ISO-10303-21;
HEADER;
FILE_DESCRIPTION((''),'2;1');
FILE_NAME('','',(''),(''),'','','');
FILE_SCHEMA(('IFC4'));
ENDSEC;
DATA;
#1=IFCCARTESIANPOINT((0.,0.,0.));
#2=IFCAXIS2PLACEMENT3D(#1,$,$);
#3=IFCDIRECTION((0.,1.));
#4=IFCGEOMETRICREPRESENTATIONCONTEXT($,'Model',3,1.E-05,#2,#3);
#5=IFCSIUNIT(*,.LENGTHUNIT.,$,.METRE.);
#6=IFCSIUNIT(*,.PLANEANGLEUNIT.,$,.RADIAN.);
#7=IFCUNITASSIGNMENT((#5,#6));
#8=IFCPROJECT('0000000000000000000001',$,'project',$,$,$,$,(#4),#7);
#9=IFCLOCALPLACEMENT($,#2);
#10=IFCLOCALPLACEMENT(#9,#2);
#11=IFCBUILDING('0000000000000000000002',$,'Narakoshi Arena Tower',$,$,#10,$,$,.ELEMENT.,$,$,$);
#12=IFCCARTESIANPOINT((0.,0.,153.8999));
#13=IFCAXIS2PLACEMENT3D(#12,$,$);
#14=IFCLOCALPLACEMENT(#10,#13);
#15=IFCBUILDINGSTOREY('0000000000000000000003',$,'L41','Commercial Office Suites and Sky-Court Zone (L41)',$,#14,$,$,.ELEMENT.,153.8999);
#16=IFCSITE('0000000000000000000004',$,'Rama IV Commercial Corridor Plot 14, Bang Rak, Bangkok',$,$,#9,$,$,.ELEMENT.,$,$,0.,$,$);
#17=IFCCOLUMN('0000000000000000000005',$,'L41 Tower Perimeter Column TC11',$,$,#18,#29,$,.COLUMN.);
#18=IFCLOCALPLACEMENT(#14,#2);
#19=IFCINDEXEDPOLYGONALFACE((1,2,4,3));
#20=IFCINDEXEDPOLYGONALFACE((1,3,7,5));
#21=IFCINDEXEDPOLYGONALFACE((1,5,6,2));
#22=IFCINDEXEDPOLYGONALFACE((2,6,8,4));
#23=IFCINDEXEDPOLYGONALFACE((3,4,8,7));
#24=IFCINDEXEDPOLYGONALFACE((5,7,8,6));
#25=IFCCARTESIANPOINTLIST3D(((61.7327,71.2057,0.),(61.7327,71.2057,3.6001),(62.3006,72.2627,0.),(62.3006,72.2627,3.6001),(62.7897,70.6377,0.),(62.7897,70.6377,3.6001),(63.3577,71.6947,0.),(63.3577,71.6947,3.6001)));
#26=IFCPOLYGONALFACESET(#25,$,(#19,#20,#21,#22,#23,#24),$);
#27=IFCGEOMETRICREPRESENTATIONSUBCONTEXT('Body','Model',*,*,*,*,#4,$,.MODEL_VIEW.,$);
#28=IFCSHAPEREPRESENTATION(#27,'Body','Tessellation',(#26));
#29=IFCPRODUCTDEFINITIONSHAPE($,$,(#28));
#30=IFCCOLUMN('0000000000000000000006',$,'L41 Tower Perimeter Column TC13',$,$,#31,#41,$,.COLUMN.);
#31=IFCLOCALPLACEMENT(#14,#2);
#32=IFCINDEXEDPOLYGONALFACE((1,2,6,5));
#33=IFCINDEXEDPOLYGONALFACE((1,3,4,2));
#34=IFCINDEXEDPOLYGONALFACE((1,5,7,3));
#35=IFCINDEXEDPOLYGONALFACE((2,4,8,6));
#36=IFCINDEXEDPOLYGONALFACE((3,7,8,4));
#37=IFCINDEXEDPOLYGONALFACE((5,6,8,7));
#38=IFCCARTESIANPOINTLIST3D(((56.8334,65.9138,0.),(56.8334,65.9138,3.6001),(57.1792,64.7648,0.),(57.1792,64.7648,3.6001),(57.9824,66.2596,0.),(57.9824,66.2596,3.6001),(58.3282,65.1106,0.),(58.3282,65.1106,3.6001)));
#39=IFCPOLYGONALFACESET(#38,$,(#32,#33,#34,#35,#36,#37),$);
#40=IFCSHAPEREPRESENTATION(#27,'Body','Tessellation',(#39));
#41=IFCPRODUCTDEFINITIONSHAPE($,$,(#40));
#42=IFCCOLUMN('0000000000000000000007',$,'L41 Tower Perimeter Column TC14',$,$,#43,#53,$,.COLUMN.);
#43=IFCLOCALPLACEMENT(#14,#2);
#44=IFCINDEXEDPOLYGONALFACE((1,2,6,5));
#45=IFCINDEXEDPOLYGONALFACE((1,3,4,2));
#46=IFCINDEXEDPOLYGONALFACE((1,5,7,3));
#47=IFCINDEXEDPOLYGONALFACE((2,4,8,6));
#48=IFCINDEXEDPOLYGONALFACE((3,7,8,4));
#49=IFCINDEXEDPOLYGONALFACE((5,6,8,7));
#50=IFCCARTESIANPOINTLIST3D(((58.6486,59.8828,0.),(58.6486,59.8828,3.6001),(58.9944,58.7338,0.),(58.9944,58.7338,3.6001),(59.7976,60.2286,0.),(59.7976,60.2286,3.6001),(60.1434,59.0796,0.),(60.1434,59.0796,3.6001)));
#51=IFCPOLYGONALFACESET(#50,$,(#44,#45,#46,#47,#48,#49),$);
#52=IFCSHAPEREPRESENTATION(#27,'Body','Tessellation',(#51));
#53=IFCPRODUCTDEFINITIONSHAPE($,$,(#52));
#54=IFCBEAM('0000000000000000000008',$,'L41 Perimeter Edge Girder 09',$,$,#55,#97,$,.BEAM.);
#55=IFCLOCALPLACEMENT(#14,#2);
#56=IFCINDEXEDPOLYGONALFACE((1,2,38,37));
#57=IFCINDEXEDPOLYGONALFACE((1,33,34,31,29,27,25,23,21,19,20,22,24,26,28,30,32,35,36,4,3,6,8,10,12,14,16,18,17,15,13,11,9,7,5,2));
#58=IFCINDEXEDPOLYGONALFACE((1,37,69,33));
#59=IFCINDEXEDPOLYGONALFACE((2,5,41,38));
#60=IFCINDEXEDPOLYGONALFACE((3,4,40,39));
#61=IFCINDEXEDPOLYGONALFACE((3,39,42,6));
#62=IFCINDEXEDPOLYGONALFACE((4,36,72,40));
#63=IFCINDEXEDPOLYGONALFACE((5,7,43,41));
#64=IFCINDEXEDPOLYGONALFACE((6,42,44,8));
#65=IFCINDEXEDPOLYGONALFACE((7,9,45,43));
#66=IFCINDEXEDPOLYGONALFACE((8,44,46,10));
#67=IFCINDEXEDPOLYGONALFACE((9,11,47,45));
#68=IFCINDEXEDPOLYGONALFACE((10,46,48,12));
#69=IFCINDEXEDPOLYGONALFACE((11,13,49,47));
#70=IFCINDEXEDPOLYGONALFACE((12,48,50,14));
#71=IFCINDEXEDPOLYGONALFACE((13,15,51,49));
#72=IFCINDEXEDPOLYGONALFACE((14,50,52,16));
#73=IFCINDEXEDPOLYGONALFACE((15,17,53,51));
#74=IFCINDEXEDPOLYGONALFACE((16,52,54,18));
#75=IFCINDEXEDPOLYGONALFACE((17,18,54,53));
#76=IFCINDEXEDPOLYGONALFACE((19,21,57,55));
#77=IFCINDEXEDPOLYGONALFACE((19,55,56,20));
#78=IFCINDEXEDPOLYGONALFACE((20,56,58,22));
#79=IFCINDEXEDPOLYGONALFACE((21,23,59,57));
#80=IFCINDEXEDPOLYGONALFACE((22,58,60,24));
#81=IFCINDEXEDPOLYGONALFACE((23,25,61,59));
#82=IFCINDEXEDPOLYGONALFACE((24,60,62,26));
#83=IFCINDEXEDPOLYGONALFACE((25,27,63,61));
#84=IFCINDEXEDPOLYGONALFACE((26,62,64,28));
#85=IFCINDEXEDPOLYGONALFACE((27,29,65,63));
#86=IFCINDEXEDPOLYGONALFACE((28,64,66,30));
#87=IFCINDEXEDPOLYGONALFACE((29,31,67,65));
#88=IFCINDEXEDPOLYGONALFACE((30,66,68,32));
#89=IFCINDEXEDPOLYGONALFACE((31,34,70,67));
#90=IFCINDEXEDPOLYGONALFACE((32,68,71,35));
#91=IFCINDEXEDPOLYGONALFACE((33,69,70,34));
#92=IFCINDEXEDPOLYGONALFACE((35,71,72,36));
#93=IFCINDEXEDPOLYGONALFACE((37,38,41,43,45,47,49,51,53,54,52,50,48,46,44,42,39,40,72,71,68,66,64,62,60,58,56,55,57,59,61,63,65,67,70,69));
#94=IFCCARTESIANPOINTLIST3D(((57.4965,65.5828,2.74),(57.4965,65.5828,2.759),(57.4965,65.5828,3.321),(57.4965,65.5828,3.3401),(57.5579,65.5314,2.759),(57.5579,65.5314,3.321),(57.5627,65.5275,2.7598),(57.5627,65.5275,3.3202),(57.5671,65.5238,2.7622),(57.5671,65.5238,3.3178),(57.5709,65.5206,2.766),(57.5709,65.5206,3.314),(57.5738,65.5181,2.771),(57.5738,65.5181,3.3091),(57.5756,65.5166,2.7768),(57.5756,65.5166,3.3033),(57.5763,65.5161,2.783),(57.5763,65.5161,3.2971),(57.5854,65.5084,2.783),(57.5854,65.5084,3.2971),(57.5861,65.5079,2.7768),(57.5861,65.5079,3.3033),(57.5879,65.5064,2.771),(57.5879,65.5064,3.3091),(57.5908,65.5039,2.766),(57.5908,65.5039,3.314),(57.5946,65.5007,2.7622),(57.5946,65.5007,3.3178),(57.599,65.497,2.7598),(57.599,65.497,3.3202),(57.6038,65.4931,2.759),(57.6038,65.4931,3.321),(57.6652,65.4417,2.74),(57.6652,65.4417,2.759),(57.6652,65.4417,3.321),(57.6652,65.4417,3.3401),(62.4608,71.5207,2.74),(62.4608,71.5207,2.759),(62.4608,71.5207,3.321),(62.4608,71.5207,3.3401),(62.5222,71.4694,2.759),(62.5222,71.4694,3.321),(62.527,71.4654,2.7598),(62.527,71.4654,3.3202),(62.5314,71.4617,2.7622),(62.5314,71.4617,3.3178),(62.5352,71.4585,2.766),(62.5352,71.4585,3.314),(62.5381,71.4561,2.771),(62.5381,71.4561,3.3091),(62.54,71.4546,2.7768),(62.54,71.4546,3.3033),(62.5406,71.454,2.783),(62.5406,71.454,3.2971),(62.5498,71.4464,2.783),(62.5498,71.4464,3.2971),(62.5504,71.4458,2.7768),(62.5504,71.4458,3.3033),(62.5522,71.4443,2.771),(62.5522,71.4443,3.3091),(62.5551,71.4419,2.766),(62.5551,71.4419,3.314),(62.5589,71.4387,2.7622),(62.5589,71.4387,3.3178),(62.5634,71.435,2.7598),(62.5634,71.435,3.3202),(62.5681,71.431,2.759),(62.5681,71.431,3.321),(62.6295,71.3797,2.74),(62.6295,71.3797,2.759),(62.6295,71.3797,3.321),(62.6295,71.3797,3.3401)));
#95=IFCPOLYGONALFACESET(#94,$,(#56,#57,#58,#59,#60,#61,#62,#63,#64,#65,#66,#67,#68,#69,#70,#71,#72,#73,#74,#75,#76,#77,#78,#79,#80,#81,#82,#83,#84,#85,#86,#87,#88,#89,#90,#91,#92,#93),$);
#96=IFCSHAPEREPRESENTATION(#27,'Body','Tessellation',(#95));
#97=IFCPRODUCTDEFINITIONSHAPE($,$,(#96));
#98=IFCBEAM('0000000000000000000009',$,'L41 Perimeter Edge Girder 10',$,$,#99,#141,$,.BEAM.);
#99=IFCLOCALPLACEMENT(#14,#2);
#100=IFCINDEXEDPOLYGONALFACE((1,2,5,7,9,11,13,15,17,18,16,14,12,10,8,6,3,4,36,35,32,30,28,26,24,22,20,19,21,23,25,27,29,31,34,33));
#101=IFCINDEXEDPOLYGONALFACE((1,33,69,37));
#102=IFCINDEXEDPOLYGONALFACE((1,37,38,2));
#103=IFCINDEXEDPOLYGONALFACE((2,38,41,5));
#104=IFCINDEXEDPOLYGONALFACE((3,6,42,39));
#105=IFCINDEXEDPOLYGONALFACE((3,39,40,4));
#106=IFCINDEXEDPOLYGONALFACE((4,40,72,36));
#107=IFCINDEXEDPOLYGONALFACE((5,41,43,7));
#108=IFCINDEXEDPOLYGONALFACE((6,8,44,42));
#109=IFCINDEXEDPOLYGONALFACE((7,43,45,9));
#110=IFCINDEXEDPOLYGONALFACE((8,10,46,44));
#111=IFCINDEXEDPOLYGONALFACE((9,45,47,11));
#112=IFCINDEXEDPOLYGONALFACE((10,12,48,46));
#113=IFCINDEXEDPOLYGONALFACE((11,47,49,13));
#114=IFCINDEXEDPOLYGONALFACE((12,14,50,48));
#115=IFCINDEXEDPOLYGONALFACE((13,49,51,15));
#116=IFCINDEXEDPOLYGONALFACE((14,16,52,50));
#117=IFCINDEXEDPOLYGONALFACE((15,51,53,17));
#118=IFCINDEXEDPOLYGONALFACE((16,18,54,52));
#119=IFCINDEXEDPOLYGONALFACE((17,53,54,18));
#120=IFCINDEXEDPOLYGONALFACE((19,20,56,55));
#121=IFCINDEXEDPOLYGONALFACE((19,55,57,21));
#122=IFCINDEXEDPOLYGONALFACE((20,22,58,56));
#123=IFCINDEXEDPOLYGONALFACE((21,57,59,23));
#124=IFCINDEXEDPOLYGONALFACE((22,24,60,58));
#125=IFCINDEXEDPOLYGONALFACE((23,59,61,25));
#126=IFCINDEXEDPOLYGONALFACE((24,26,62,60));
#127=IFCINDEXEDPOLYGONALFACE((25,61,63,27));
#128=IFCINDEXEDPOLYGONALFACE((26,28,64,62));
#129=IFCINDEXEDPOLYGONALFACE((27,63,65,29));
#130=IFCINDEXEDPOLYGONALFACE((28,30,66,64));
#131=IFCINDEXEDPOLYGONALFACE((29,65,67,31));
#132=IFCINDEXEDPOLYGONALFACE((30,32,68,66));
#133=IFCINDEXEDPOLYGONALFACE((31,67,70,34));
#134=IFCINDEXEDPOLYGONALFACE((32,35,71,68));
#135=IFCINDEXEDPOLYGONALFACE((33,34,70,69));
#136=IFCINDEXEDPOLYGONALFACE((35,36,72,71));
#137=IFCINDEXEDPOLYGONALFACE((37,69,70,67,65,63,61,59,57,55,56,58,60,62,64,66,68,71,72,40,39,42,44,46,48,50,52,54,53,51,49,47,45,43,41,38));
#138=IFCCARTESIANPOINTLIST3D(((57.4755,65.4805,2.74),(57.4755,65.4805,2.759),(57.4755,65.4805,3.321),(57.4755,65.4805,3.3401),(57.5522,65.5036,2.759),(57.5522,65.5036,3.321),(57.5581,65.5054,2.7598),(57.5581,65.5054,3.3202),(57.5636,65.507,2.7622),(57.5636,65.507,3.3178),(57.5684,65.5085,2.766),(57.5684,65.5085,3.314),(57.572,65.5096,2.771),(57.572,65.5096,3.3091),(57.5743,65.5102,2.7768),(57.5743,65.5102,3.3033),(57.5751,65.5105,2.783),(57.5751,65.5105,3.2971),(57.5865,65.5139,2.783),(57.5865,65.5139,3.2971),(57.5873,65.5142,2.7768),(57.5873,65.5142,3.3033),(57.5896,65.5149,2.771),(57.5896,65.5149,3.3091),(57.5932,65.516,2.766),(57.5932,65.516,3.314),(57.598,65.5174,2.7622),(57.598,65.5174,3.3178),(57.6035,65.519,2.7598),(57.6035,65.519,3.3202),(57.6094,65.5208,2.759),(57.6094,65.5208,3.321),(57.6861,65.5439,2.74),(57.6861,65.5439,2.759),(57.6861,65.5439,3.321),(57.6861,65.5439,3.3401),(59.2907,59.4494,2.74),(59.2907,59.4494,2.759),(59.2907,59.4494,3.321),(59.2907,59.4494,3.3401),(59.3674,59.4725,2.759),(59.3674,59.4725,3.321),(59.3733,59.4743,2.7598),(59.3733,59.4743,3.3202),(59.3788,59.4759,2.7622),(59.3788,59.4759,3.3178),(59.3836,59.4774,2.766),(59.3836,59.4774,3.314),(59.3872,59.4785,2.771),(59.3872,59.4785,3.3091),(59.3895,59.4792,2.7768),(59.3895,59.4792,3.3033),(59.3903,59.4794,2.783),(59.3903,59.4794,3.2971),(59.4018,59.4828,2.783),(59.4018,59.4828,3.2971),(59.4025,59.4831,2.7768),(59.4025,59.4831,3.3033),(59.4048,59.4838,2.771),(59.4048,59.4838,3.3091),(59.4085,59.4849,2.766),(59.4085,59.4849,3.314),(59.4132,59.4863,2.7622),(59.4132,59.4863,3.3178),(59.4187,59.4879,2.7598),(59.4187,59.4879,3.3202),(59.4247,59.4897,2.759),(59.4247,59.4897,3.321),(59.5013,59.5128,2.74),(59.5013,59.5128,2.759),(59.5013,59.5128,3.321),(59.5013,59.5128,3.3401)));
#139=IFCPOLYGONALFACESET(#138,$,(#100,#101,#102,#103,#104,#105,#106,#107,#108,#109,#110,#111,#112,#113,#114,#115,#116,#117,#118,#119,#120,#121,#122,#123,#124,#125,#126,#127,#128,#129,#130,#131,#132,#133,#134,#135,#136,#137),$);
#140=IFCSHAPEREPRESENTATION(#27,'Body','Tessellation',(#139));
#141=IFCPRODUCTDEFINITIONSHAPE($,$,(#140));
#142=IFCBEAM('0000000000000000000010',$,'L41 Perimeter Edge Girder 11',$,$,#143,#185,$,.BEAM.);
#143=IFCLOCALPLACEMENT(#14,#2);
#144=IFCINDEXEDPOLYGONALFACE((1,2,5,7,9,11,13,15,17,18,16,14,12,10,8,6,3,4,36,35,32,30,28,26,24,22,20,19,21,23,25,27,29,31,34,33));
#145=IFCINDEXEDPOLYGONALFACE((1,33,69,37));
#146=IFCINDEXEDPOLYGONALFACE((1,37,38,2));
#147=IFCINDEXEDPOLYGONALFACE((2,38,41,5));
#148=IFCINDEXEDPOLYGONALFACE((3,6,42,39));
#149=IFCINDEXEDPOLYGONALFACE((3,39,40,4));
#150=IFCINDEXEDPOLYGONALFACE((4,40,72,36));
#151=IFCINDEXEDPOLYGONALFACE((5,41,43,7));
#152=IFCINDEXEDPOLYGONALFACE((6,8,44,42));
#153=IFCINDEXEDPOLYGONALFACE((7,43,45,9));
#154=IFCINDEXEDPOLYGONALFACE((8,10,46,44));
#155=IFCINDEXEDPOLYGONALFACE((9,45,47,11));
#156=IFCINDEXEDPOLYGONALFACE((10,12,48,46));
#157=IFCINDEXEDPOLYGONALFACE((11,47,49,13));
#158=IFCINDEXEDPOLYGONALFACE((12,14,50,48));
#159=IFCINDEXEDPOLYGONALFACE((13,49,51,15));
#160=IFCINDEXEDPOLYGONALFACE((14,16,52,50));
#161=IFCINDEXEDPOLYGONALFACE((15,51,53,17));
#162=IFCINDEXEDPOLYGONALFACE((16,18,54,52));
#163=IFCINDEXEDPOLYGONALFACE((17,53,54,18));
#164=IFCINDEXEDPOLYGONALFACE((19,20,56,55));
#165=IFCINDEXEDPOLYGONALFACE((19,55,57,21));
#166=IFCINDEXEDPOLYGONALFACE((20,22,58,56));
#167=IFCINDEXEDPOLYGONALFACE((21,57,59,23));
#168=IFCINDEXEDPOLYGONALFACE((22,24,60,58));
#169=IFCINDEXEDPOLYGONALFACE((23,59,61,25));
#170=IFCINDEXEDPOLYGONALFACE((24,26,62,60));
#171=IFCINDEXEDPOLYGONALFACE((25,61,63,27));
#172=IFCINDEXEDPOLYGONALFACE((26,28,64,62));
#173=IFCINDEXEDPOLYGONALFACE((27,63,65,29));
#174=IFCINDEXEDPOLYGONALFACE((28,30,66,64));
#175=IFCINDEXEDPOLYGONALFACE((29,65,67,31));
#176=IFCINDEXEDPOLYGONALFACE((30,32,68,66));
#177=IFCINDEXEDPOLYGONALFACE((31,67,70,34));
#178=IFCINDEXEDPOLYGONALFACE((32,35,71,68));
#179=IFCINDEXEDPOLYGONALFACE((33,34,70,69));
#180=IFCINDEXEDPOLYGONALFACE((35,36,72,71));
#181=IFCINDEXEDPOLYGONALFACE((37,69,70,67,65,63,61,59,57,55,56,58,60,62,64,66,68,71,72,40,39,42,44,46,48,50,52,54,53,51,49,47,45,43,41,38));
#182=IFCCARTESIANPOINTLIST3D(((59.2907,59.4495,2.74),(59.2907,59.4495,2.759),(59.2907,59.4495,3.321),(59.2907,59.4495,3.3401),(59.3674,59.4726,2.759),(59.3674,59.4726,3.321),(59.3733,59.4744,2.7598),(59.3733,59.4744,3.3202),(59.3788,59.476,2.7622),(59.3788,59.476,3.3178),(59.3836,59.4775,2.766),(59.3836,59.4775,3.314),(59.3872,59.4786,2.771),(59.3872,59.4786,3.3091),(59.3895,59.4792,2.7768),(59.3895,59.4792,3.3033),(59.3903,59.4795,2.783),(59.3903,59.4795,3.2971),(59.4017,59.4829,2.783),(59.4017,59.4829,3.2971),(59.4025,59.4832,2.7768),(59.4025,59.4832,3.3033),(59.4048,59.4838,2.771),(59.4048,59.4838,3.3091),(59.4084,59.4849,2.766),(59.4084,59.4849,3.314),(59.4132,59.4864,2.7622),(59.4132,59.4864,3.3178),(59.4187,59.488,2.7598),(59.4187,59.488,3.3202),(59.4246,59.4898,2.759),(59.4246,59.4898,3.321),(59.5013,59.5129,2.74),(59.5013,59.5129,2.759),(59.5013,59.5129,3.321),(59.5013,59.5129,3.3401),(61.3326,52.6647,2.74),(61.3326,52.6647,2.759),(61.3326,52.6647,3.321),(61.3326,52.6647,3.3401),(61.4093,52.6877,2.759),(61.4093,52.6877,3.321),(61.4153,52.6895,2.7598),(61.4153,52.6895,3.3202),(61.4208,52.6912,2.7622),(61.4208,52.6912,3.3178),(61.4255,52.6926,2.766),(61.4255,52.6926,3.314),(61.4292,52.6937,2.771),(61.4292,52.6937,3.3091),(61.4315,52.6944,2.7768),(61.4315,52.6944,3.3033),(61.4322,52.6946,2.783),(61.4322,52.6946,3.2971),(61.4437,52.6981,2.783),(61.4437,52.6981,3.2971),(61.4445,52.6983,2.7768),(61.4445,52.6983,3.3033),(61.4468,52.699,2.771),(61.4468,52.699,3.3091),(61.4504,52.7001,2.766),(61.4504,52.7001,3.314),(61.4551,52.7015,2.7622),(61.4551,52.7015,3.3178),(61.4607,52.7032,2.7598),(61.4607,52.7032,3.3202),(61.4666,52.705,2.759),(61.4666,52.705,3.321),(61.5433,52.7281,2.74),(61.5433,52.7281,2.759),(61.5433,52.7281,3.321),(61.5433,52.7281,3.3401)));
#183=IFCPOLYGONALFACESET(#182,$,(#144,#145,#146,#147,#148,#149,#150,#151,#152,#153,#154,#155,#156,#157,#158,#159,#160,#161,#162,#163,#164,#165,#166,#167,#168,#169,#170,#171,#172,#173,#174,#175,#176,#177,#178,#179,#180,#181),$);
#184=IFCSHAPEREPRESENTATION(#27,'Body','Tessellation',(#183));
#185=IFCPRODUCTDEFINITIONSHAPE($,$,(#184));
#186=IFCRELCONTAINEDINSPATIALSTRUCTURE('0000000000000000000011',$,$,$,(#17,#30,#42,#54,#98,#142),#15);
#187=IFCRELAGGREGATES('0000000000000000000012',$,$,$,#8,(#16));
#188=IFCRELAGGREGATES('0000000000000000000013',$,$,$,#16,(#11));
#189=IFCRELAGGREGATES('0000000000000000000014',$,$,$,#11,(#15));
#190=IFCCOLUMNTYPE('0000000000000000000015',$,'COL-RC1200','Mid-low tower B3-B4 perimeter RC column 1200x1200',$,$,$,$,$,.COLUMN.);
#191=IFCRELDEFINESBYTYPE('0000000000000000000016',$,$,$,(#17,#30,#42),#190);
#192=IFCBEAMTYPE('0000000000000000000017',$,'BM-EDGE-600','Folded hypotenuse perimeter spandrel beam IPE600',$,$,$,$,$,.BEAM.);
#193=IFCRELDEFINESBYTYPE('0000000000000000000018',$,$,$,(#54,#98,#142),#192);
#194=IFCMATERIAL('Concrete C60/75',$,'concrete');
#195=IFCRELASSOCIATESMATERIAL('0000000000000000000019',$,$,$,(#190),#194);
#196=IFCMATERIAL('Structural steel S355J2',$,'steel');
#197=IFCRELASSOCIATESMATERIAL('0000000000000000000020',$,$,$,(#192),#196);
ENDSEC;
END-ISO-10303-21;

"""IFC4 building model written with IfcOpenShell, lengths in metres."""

from ifc_helpers import new_model, si_unit, direction, frame, origin, origin_2d, place, context, subcontext, project, spatial, rectangle, i_section, extrude, material, material_profile, profile_set, type_object, element, save


model = new_model("IFC4")

# Units and contexts
model_context = context("Model", 3, precision=1e-05, world=origin(), true_north=direction((0.0, 1.0)))
body_context = subcontext(model_context, "Body", "Model", "MODEL_VIEW")
ifc_project = project(units=[si_unit("LENGTHUNIT", "METRE"), si_unit("PLANEANGLEUNIT", "RADIAN")], contexts=[model_context])

# Site, building, storey
site_placement = place(None, origin())
site = spatial("IfcSite", under=ifc_project, at=site_placement, Name="Rama IV Commercial Corridor Plot 14, Bang Rak, Bangkok", CompositionType="ELEMENT", RefElevation=0.0)
building_placement = place(site_placement, origin())
building = spatial("IfcBuilding", under=site, at=building_placement, Name="Narakoshi Arena Tower", CompositionType="ELEMENT")
storey_placement = place(building_placement, frame((0.0, 0.0, 153.8999)))
storey = spatial("IfcBuildingStorey", under=building, at=storey_placement, Name="L41", Description="Commercial Office Suites and Sky-Court Zone (L41)", CompositionType="ELEMENT", Elevation=153.8999)

# Columns
ifc_material_1 = material(Name="Concrete C60/75", Category="concrete")
ifc_material_profile_1 = material_profile(ifc_material_1, rectangle(XDim=1.2, YDim=1.2, at=origin_2d()), Name="RC1200x1200")
ifc_profile_set_1 = profile_set([ifc_material_profile_1], Name="Concrete C60/75")
column_type = type_object("IfcColumnType", Name="COL-RC1200", Description="Mid-low tower B3-B4 perimeter RC column 1200x1200", PredefinedType="COLUMN", material=ifc_profile_set_1)
for number, where, z_axis, x_axis, name in (
    (1, (62.5452, 71.4502, 0.0), (0.0, 0.0, 1.0), (0.47332, 0.880891, 0.0), "L41 Tower Perimeter Column TC11"),
    (2, (57.5808, 65.5122, 0.0), (0.0, 0.0, 1.0), (-0.288196, 0.957571, 0.0), "L41 Tower Perimeter Column TC13"),
    (3, (59.396, 59.4812, 0.0), (0.0, 0.0, 1.0), (-0.288196, 0.957571, 0.0), "L41 Tower Perimeter Column TC14"),
):
    element("IfcColumn", number, at=place(storey_placement, frame(where, z_axis=z_axis, x_axis=x_axis)), inside=storey, type_object=column_type, Name=name, PredefinedType="COLUMN", context=body_context, shape_type="SweptSolid", body=[
        extrude(rectangle(XDim=1.2, YDim=1.2, at=origin_2d()), origin(), (0.0, 0.0, 1.0), 3.6001),
    ])

# Beams
ifc_material_2 = material(Name="Structural steel S355J2", Category="steel")
ifc_material_profile_2 = material_profile(ifc_material_2, i_section(OverallWidth=0.22, OverallDepth=0.6001, WebThickness=0.012, FlangeThickness=0.019, FilletRadius=0.0239, at=origin_2d()), Name="IPE600")
ifc_profile_set_2 = profile_set([ifc_material_profile_2], Name="Structural steel S355J2")
beam_type_1 = type_object("IfcBeamType", Name="BM-EDGE-600", Description="Folded hypotenuse perimeter spandrel beam IPE600", PredefinedType="BEAM", material=ifc_profile_set_2)
beam_1_placement = place(storey_placement, frame((62.5452, 71.4502, 3.04), z_axis=(-0.641406, -0.767202, 0.0), x_axis=(0.767202, -0.641406, 0.0)))
element("IfcBeam", 4, at=beam_1_placement, inside=storey, type_object=beam_type_1, Name="L41 Perimeter Edge Girder 09", PredefinedType="BEAM", context=body_context, shape_type="SweptSolid", body=[
    extrude(i_section(OverallWidth=0.22, OverallDepth=0.6001, WebThickness=0.012, FlangeThickness=0.019, FilletRadius=0.0239, at=origin_2d()), origin(), (0.0, 0.0, 1.0), 7.7397),
])
beam_2_placement = place(storey_placement, frame((57.5808, 65.5122, 3.04), z_axis=(0.288205, -0.957569, 0.0), x_axis=(0.957569, 0.288205, 0.0)))
element("IfcBeam", 5, at=beam_2_placement, inside=storey, type_object=beam_type_1, Name="L41 Perimeter Edge Girder 10", PredefinedType="BEAM", context=body_context, shape_type="SweptSolid", body=[
    extrude(i_section(OverallWidth=0.22, OverallDepth=0.6001, WebThickness=0.012, FlangeThickness=0.019, FilletRadius=0.0239, at=origin_2d()), origin(), (0.0, 0.0, 1.0), 6.2983),
])
beam_3_placement = place(storey_placement, frame((59.396, 59.4812, 3.04), z_axis=(0.288192, -0.957573, 0.0), x_axis=(0.957573, 0.288192, 0.0)))
element("IfcBeam", 6, at=beam_3_placement, inside=storey, type_object=beam_type_1, Name="L41 Perimeter Edge Girder 11", PredefinedType="BEAM", context=body_context, shape_type="SweptSolid", body=[
    extrude(i_section(OverallWidth=0.22, OverallDepth=0.6001, WebThickness=0.012, FlangeThickness=0.019, FilletRadius=0.0239, at=origin_2d()), origin(), (0.0, 0.0, 1.0), 7.0854),
])

save(model, "model.ifc")
